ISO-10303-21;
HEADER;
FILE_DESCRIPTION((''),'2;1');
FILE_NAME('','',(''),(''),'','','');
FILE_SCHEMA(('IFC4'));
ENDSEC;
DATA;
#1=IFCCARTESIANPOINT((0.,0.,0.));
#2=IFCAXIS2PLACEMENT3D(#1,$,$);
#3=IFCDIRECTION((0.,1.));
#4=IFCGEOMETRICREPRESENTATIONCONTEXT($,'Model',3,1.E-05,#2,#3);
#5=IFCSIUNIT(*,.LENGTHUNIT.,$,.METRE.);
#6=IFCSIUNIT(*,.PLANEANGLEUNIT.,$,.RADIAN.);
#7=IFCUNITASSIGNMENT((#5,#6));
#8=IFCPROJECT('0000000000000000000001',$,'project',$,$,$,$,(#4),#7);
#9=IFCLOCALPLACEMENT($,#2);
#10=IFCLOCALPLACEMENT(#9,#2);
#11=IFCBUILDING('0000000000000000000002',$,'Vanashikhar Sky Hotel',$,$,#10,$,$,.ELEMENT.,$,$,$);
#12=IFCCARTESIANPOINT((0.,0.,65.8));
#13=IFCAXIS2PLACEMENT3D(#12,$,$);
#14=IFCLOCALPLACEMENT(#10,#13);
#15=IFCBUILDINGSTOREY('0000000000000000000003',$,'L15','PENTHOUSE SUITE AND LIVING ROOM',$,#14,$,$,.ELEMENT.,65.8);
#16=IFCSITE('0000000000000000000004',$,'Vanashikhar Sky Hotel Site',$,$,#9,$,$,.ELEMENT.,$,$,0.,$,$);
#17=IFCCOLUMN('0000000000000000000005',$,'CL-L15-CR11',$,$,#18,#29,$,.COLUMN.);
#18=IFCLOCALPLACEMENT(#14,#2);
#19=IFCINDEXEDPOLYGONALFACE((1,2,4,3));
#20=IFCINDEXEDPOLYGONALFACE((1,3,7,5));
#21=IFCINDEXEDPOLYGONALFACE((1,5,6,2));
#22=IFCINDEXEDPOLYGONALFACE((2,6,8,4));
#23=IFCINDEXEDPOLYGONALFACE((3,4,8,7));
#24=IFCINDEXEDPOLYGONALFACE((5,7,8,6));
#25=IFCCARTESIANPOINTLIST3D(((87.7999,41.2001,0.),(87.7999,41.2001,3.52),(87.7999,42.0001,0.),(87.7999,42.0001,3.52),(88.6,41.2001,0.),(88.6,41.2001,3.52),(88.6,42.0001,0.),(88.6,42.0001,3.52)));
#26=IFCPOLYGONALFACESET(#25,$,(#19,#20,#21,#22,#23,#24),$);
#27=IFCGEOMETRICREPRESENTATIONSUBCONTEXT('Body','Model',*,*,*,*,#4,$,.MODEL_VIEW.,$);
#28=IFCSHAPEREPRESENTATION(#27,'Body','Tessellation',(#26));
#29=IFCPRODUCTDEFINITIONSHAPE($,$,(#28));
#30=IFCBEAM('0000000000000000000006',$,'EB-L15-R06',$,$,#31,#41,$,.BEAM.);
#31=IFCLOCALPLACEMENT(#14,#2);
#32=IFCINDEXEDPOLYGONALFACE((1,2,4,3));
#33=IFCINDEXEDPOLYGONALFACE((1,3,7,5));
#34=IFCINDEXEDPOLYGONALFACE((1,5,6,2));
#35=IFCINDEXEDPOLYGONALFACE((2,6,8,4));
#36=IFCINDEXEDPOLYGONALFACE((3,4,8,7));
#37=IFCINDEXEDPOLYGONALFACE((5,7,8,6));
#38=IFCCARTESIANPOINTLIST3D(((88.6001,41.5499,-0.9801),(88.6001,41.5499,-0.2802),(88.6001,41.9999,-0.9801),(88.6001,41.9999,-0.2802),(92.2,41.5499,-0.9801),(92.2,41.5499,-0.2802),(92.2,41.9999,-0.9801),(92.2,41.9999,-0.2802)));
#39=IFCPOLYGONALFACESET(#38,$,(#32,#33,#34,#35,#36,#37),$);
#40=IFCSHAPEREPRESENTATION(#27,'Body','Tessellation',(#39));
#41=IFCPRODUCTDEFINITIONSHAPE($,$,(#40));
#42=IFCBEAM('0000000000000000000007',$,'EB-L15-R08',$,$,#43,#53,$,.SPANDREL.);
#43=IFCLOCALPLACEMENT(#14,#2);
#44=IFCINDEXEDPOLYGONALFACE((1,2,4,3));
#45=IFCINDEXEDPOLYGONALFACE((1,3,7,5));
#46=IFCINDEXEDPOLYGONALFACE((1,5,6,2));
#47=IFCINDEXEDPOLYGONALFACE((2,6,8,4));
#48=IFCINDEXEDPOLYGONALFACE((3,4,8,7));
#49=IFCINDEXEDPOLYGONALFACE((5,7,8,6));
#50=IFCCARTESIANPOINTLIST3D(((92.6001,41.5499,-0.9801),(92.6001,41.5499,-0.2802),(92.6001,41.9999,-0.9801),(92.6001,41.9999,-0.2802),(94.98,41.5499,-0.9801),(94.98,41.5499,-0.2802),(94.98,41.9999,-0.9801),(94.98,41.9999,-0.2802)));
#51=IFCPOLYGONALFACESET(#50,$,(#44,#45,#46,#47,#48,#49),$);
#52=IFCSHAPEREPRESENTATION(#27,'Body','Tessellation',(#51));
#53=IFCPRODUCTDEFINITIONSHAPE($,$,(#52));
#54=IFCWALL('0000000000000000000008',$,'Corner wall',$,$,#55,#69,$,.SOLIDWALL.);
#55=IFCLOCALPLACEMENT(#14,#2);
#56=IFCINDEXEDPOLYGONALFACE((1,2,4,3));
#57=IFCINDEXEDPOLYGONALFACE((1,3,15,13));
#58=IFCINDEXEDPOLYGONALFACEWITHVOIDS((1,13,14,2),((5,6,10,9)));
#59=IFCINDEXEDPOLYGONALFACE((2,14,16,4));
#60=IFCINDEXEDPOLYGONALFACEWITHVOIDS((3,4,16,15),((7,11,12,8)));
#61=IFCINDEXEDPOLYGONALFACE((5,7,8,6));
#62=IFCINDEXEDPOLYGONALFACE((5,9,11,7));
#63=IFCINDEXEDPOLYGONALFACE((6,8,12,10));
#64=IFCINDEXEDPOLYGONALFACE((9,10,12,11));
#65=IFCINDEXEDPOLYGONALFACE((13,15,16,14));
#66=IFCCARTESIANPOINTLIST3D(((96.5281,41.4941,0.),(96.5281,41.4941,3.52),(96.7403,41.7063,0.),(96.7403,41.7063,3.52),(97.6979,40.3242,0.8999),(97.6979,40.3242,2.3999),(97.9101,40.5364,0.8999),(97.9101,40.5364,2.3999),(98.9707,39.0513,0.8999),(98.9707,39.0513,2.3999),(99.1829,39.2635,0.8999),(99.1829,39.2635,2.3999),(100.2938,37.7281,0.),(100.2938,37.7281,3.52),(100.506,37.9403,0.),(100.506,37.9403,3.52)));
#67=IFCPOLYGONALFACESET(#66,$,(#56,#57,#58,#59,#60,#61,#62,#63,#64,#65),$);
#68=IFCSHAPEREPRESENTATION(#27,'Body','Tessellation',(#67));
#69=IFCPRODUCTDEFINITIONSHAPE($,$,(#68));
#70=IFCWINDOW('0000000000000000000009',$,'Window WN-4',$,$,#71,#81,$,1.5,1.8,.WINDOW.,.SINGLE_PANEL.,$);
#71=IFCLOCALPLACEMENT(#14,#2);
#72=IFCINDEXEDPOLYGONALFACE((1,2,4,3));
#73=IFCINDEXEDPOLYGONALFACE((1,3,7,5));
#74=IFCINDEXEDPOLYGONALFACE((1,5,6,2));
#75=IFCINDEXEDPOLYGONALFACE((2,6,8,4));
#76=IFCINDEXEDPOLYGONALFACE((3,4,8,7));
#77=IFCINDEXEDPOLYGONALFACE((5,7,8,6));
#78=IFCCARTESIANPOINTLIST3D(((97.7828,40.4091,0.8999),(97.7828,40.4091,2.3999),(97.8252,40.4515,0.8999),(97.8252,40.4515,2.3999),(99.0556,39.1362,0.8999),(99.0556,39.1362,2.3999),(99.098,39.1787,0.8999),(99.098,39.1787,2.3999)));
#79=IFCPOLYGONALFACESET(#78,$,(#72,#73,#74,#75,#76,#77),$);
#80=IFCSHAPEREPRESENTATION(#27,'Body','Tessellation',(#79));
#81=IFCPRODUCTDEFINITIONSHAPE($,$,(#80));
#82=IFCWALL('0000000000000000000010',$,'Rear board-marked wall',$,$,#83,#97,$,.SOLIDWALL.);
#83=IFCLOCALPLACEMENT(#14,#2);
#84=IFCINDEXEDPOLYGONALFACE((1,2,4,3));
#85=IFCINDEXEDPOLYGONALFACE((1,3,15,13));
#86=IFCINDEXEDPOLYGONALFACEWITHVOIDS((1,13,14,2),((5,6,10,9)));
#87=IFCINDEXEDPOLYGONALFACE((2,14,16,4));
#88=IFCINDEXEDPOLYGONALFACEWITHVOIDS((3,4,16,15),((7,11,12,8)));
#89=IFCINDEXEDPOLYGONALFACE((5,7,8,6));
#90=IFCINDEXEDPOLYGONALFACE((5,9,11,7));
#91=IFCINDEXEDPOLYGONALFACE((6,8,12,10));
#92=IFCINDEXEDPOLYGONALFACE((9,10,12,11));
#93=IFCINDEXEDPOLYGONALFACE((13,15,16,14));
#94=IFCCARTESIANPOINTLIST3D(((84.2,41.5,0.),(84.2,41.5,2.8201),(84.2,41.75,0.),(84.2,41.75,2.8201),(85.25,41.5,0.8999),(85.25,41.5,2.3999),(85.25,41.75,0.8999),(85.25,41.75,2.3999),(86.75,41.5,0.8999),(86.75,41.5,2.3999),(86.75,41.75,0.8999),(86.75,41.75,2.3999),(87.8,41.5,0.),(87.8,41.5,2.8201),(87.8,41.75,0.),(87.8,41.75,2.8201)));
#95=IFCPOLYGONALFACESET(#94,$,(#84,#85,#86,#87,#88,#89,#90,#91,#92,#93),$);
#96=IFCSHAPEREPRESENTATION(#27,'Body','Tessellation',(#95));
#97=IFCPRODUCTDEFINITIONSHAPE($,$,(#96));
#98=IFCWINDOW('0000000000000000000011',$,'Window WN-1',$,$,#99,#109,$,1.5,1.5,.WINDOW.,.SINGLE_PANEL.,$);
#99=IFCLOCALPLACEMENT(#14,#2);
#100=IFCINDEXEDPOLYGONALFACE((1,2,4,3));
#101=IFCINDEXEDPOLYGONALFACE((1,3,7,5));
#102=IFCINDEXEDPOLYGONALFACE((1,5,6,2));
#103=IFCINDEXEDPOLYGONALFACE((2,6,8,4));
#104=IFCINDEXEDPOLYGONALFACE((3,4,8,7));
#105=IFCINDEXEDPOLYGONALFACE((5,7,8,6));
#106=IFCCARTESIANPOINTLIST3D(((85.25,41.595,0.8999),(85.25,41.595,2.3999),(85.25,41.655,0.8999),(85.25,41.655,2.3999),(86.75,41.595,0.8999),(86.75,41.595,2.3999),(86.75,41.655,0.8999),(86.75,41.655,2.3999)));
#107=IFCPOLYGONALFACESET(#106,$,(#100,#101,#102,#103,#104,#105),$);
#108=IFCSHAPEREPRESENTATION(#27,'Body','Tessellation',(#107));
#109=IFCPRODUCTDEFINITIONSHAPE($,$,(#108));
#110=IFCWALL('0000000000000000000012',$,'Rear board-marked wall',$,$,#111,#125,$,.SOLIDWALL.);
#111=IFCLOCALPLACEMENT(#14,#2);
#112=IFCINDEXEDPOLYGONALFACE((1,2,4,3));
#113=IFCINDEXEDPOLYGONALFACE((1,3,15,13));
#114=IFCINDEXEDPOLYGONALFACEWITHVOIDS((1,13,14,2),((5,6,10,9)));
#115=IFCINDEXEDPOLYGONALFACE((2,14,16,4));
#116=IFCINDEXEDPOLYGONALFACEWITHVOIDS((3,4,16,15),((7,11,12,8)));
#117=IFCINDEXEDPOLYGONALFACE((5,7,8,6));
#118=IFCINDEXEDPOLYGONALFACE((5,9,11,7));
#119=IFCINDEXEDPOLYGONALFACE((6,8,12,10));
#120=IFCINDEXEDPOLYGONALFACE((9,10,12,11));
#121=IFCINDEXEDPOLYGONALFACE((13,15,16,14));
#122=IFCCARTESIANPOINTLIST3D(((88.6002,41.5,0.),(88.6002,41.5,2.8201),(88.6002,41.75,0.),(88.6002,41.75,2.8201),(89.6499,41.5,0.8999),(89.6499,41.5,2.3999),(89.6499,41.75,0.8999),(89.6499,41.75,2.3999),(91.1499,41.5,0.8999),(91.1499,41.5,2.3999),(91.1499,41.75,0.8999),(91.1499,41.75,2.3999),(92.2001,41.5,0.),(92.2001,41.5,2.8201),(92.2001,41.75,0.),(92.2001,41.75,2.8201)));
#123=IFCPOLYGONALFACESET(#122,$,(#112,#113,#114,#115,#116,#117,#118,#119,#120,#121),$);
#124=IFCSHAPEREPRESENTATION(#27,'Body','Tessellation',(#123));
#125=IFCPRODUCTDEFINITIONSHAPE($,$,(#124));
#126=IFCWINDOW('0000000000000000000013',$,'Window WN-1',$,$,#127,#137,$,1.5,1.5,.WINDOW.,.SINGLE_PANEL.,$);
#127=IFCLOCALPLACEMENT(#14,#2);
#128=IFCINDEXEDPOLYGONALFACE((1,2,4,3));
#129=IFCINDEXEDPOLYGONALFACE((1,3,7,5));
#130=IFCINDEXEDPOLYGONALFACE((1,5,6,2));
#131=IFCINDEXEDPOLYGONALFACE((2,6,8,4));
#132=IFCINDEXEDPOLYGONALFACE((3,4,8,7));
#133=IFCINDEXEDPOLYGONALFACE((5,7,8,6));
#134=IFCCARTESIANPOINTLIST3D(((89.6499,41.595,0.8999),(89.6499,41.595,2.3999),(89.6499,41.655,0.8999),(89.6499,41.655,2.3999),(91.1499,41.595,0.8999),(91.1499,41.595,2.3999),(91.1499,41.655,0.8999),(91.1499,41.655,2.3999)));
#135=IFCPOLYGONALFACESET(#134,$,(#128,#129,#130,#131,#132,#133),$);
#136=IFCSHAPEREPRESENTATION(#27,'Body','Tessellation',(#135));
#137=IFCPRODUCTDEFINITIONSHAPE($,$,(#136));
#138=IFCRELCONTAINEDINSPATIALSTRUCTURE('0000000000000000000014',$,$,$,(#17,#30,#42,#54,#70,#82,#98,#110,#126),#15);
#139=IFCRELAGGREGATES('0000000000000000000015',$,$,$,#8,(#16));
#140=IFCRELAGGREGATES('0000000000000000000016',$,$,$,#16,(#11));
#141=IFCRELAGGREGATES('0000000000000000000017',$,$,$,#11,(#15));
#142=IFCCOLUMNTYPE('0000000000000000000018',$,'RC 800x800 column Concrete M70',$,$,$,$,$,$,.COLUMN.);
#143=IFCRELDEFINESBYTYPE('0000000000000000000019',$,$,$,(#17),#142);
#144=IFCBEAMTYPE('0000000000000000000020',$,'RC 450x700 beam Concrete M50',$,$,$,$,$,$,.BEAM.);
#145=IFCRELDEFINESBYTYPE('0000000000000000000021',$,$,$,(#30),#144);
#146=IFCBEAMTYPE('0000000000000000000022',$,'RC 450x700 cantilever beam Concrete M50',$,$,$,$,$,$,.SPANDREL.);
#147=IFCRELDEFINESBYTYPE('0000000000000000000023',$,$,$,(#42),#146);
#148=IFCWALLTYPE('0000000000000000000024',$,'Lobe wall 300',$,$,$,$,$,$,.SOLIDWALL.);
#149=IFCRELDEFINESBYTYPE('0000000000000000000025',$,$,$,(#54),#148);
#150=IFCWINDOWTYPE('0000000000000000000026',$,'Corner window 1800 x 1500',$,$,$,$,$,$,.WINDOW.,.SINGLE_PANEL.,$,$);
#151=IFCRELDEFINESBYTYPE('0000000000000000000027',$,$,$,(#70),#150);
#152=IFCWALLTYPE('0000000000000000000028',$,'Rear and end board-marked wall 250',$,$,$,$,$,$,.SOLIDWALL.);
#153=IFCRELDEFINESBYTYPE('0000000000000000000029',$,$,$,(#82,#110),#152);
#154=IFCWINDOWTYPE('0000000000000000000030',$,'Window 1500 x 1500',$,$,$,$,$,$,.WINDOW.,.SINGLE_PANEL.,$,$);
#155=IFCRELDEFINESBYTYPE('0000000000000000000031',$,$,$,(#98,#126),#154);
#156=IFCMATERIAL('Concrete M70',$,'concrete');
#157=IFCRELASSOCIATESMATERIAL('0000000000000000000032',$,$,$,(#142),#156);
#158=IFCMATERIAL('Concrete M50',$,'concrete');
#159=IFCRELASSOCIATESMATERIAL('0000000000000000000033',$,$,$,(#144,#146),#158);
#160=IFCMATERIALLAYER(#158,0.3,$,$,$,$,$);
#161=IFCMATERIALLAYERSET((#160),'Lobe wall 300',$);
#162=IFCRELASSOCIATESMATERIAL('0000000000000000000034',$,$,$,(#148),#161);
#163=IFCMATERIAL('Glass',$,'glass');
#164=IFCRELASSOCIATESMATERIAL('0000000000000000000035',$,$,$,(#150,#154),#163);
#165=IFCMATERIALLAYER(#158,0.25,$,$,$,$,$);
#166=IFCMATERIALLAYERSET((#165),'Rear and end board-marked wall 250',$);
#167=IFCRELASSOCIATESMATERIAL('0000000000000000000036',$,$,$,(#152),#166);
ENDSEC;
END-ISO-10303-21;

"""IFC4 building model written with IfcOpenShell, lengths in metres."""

from ifc_helpers import new_model, si_unit, direction, frame, frame_2d, origin, origin_2d, place, context, subcontext, project, spatial, rectangle, extrude, source, transform, mapped, material, layer, layer_set, material_profile, profile_set, type_object, element, fill, save


model = new_model("IFC4")

# Units and contexts
model_context = context("Model", 3, precision=1e-05, world=origin(), true_north=direction((0.0, 1.0)))
body_context = subcontext(model_context, "Body", "Model", "MODEL_VIEW")
ifc_project = project(units=[si_unit("LENGTHUNIT", "METRE"), si_unit("PLANEANGLEUNIT", "RADIAN")], contexts=[model_context])

# Site, building, storey
site_placement = place(None, origin())
site = spatial("IfcSite", under=ifc_project, at=site_placement, Name="Vanashikhar Sky Hotel Site", CompositionType="ELEMENT", RefElevation=0.0)
building_placement = place(site_placement, origin())
building = spatial("IfcBuilding", under=site, at=building_placement, Name="Vanashikhar Sky Hotel", CompositionType="ELEMENT")
storey_placement = place(building_placement, frame((0.0, 0.0, 65.8)))
storey = spatial("IfcBuildingStorey", under=building, at=storey_placement, Name="L15", Description="PENTHOUSE SUITE AND LIVING ROOM", CompositionType="ELEMENT", Elevation=65.8)

# Column
ifc_material_1 = material(Name="Concrete M70", Category="concrete")
ifc_material_profile_1 = material_profile(ifc_material_1, rectangle(XDim=0.8, YDim=0.8, at=origin_2d()))
ifc_profile_set_1 = profile_set([ifc_material_profile_1], Name="RC 800x800 column Concrete M70")
column_type = type_object("IfcColumnType", Name="RC 800x800 column Concrete M70", PredefinedType="COLUMN", material=ifc_profile_set_1)
shared_shape_1 = source(origin(), body_context, "Body", "SweptSolid", [
    extrude(rectangle(XDim=0.8, YDim=0.8, at=origin_2d()), origin(), (0.0, 0.0, 1.0), 3.52),
])
column_placement = place(storey_placement, frame((88.2, 41.6001, 0.0), z_axis=(0.0, 0.0, 1.0), x_axis=(1.0, 0.0, 0.0)))
element("IfcColumn", 1, at=column_placement, inside=storey, type_object=column_type, Name="CL-L15-CR11", PredefinedType="COLUMN", context=body_context, shape_type="MappedRepresentation", body=[
    mapped(shared_shape_1, transform((0.0, 0.0, 0.0), scale=1.0)),
])

# Beams
ifc_material_2 = material(Name="Concrete M50", Category="concrete")
ifc_material_profile_2 = material_profile(ifc_material_2, rectangle(XDim=0.45, YDim=0.7, at=origin_2d()))
ifc_profile_set_2 = profile_set([ifc_material_profile_2], Name="RC 450x700 beam Concrete M50")
beam_type_1 = type_object("IfcBeamType", Name="RC 450x700 beam Concrete M50", PredefinedType="BEAM", material=ifc_profile_set_2)
shared_shape_2 = source(origin(), body_context, "Body", "SweptSolid", [
    extrude(rectangle(XDim=0.45, YDim=0.7, at=origin_2d()), origin(), (0.0, 0.0, 1.0), 3.5999),
])
beam_1_placement = place(storey_placement, frame((88.6001, 41.7749, -0.6301), z_axis=(1.0, 0.0, 0.0), x_axis=(0.0, 1.0, 0.0)))
element("IfcBeam", 2, at=beam_1_placement, inside=storey, type_object=beam_type_1, Name="EB-L15-R06", PredefinedType="BEAM", context=body_context, shape_type="MappedRepresentation", body=[
    mapped(shared_shape_2, transform((0.0, 0.0, 0.0), scale=1.0)),
])
ifc_material_profile_3 = material_profile(ifc_material_2, rectangle(XDim=0.45, YDim=0.7, at=origin_2d()))
ifc_profile_set_3 = profile_set([ifc_material_profile_3], Name="RC 450x700 cantilever beam Concrete M50")
beam_type_2 = type_object("IfcBeamType", Name="RC 450x700 cantilever beam Concrete M50", PredefinedType="SPANDREL", material=ifc_profile_set_3)
shared_shape_3 = source(origin(), body_context, "Body", "SweptSolid", [
    extrude(rectangle(XDim=0.45, YDim=0.7, at=origin_2d()), origin(), (0.0, 0.0, 1.0), 2.3799),
])
beam_2_placement = place(storey_placement, frame((92.6001, 41.7749, -0.6301), z_axis=(1.0, 0.0, 0.0), x_axis=(0.0, 1.0, 0.0)))
element("IfcBeam", 3, at=beam_2_placement, inside=storey, type_object=beam_type_2, Name="EB-L15-R08", PredefinedType="SPANDREL", context=body_context, shape_type="MappedRepresentation", body=[
    mapped(shared_shape_3, transform((0.0, 0.0, 0.0), scale=1.0)),
])

# Walls, openings, windows
ifc_layer_1 = layer(ifc_material_2, 0.3)
ifc_layer_set_1 = layer_set([ifc_layer_1], Name="Lobe wall 300")
wall_type_1 = type_object("IfcWallType", Name="Lobe wall 300", PredefinedType="SOLIDWALL", material=ifc_layer_set_1)
shared_shape_4 = source(origin(), body_context, "Body", "SweptSolid", [
    extrude(rectangle(XDim=5.3257, YDim=0.3, at=frame_2d((2.6628, 0.0))), origin(), (0.0, 0.0, 1.0), 3.52),
])
wall_1_placement = place(storey_placement, frame((100.3999, 37.8342, 0.0), z_axis=(0.0, 0.0, 1.0), x_axis=(-0.707084, 0.70713, 0.0)))
wall_1 = element("IfcWall", 4, at=wall_1_placement, inside=storey, type_object=wall_type_1, Name="Corner wall", PredefinedType="SOLIDWALL", context=body_context, shape_type="MappedRepresentation", body=[
    mapped(shared_shape_4, transform((0.0, 0.0, 0.0), scale=1.0)),
])
shared_shape_5 = source(origin(), body_context, "Body", "SweptSolid", [
    extrude(rectangle(XDim=1.8, YDim=1.5, at=frame_2d((0.8999, 0.75))), frame((0.0, 0.1602, 0.0), z_axis=(0.0, -1.0, 0.0), x_axis=(1.0, 0.0, 0.0)), (0.0, 0.0, 1.0), 0.3201),
])
opening_1_placement = place(wall_1_placement, frame((1.8713, 0.0, 0.8999)))
opening_1 = element("IfcOpeningElement", 5, at=opening_1_placement, cuts=wall_1, PredefinedType="OPENING", context=body_context, shape_type="MappedRepresentation", body=[
    mapped(shared_shape_5, transform((0.0, 0.0, 0.0), scale=1.0)),
])
ifc_material_3 = material(Name="Glass", Category="glass")
window_type_1 = type_object("IfcWindowType", Name="Corner window 1800 x 1500", PartitioningType="SINGLE_PANEL", PredefinedType="WINDOW", material=ifc_material_3)
shared_shape_6 = source(origin(), body_context, "Body", "SweptSolid", [
    extrude(rectangle(XDim=1.8, YDim=1.5, at=frame_2d((0.8999, 0.75))), frame((0.0, 0.03, 0.0), z_axis=(0.0, -1.0, 0.0), x_axis=(1.0, 0.0, 0.0)), (0.0, 0.0, 1.0), 0.0601),
])
window_1_placement = place(opening_1_placement, origin())
window_1 = element("IfcWindow", 6, at=window_1_placement, inside=storey, type_object=window_type_1, Name="Window WN-4", OverallHeight=1.5, OverallWidth=1.8, PartitioningType="SINGLE_PANEL", PredefinedType="WINDOW", context=body_context, shape_type="MappedRepresentation", body=[
    mapped(shared_shape_6, transform((0.0, 0.0, 0.0), scale=1.0)),
])
fill(opening_1, window_1)
ifc_layer_2 = layer(ifc_material_2, 0.25)
ifc_layer_set_2 = layer_set([ifc_layer_2], Name="Rear and end board-marked wall 250")
wall_type_2 = type_object("IfcWallType", Name="Rear and end board-marked wall 250", PredefinedType="SOLIDWALL", material=ifc_layer_set_2)
shared_shape_7 = source(origin(), body_context, "Body", "SweptSolid", [
    extrude(rectangle(XDim=3.6001, YDim=0.25, at=frame_2d((1.8, 0.0))), origin(), (0.0, 0.0, 1.0), 2.8201),
])
wall_2_placement = place(storey_placement, frame((87.8, 41.625, 0.0), z_axis=(0.0, 0.0, 1.0), x_axis=(-1.0, 0.0, 0.0)))
wall_2 = element("IfcWall", 7, at=wall_2_placement, inside=storey, type_object=wall_type_2, Name="Rear board-marked wall", PredefinedType="SOLIDWALL", context=body_context, shape_type="MappedRepresentation", body=[
    mapped(shared_shape_7, transform((0.0, 0.0, 0.0), scale=1.0)),
])
shared_shape_8 = source(origin(), body_context, "Body", "SweptSolid", [
    extrude(rectangle(XDim=1.5, YDim=1.5, at=frame_2d((0.75, 0.75))), frame((0.0, 0.135, 0.0), z_axis=(0.0, -1.0, 0.0), x_axis=(1.0, 0.0, 0.0)), (0.0, 0.0, 1.0), 0.27),
])
opening_2_placement = place(wall_2_placement, frame((1.05, 0.0, 0.8999)))
opening_2 = element("IfcOpeningElement", 8, at=opening_2_placement, cuts=wall_2, PredefinedType="OPENING", context=body_context, shape_type="MappedRepresentation", body=[
    mapped(shared_shape_8, transform((0.0, 0.0, 0.0), scale=1.0)),
])
window_type_2 = type_object("IfcWindowType", Name="Window 1500 x 1500", PartitioningType="SINGLE_PANEL", PredefinedType="WINDOW", material=ifc_material_3)
shared_shape_9 = source(origin(), body_context, "Body", "SweptSolid", [
    extrude(rectangle(XDim=1.5, YDim=1.5, at=frame_2d((0.75, 0.75))), frame((0.0, 0.03, 0.0), z_axis=(0.0, -1.0, 0.0), x_axis=(1.0, 0.0, 0.0)), (0.0, 0.0, 1.0), 0.0601),
])
window_2_placement = place(opening_2_placement, origin())
window_2 = element("IfcWindow", 9, at=window_2_placement, inside=storey, type_object=window_type_2, Name="Window WN-1", OverallHeight=1.5, OverallWidth=1.5, PartitioningType="SINGLE_PANEL", PredefinedType="WINDOW", context=body_context, shape_type="MappedRepresentation", body=[
    mapped(shared_shape_9, transform((0.0, 0.0, 0.0), scale=1.0)),
])
fill(opening_2, window_2)
shared_shape_10 = source(origin(), body_context, "Body", "SweptSolid", [
    extrude(rectangle(XDim=3.5999, YDim=0.25, at=frame_2d((1.7998, 0.0))), origin(), (0.0, 0.0, 1.0), 2.8201),
])
wall_3_placement = place(storey_placement, frame((92.2, 41.625, 0.0), z_axis=(0.0, 0.0, 1.0), x_axis=(-1.0, 0.0, 0.0)))
wall_3 = element("IfcWall", 10, at=wall_3_placement, inside=storey, type_object=wall_type_2, Name="Rear board-marked wall", PredefinedType="SOLIDWALL", context=body_context, shape_type="MappedRepresentation", body=[
    mapped(shared_shape_10, transform((0.0, 0.0, 0.0), scale=1.0)),
])
opening_3_placement = place(wall_3_placement, frame((1.05, 0.0, 0.8999)))
opening_3 = element("IfcOpeningElement", 11, at=opening_3_placement, cuts=wall_3, PredefinedType="OPENING", context=body_context, shape_type="MappedRepresentation", body=[
    mapped(shared_shape_8, transform((0.0, 0.0, 0.0), scale=1.0)),
])
window_3_placement = place(opening_3_placement, origin())
window_3 = element("IfcWindow", 12, at=window_3_placement, inside=storey, type_object=window_type_2, Name="Window WN-1", OverallHeight=1.5, OverallWidth=1.5, PartitioningType="SINGLE_PANEL", PredefinedType="WINDOW", context=body_context, shape_type="MappedRepresentation", body=[
    mapped(shared_shape_9, transform((0.0, 0.0, 0.0), scale=1.0)),
])
fill(opening_3, window_3)

save(model, "model.ifc")
